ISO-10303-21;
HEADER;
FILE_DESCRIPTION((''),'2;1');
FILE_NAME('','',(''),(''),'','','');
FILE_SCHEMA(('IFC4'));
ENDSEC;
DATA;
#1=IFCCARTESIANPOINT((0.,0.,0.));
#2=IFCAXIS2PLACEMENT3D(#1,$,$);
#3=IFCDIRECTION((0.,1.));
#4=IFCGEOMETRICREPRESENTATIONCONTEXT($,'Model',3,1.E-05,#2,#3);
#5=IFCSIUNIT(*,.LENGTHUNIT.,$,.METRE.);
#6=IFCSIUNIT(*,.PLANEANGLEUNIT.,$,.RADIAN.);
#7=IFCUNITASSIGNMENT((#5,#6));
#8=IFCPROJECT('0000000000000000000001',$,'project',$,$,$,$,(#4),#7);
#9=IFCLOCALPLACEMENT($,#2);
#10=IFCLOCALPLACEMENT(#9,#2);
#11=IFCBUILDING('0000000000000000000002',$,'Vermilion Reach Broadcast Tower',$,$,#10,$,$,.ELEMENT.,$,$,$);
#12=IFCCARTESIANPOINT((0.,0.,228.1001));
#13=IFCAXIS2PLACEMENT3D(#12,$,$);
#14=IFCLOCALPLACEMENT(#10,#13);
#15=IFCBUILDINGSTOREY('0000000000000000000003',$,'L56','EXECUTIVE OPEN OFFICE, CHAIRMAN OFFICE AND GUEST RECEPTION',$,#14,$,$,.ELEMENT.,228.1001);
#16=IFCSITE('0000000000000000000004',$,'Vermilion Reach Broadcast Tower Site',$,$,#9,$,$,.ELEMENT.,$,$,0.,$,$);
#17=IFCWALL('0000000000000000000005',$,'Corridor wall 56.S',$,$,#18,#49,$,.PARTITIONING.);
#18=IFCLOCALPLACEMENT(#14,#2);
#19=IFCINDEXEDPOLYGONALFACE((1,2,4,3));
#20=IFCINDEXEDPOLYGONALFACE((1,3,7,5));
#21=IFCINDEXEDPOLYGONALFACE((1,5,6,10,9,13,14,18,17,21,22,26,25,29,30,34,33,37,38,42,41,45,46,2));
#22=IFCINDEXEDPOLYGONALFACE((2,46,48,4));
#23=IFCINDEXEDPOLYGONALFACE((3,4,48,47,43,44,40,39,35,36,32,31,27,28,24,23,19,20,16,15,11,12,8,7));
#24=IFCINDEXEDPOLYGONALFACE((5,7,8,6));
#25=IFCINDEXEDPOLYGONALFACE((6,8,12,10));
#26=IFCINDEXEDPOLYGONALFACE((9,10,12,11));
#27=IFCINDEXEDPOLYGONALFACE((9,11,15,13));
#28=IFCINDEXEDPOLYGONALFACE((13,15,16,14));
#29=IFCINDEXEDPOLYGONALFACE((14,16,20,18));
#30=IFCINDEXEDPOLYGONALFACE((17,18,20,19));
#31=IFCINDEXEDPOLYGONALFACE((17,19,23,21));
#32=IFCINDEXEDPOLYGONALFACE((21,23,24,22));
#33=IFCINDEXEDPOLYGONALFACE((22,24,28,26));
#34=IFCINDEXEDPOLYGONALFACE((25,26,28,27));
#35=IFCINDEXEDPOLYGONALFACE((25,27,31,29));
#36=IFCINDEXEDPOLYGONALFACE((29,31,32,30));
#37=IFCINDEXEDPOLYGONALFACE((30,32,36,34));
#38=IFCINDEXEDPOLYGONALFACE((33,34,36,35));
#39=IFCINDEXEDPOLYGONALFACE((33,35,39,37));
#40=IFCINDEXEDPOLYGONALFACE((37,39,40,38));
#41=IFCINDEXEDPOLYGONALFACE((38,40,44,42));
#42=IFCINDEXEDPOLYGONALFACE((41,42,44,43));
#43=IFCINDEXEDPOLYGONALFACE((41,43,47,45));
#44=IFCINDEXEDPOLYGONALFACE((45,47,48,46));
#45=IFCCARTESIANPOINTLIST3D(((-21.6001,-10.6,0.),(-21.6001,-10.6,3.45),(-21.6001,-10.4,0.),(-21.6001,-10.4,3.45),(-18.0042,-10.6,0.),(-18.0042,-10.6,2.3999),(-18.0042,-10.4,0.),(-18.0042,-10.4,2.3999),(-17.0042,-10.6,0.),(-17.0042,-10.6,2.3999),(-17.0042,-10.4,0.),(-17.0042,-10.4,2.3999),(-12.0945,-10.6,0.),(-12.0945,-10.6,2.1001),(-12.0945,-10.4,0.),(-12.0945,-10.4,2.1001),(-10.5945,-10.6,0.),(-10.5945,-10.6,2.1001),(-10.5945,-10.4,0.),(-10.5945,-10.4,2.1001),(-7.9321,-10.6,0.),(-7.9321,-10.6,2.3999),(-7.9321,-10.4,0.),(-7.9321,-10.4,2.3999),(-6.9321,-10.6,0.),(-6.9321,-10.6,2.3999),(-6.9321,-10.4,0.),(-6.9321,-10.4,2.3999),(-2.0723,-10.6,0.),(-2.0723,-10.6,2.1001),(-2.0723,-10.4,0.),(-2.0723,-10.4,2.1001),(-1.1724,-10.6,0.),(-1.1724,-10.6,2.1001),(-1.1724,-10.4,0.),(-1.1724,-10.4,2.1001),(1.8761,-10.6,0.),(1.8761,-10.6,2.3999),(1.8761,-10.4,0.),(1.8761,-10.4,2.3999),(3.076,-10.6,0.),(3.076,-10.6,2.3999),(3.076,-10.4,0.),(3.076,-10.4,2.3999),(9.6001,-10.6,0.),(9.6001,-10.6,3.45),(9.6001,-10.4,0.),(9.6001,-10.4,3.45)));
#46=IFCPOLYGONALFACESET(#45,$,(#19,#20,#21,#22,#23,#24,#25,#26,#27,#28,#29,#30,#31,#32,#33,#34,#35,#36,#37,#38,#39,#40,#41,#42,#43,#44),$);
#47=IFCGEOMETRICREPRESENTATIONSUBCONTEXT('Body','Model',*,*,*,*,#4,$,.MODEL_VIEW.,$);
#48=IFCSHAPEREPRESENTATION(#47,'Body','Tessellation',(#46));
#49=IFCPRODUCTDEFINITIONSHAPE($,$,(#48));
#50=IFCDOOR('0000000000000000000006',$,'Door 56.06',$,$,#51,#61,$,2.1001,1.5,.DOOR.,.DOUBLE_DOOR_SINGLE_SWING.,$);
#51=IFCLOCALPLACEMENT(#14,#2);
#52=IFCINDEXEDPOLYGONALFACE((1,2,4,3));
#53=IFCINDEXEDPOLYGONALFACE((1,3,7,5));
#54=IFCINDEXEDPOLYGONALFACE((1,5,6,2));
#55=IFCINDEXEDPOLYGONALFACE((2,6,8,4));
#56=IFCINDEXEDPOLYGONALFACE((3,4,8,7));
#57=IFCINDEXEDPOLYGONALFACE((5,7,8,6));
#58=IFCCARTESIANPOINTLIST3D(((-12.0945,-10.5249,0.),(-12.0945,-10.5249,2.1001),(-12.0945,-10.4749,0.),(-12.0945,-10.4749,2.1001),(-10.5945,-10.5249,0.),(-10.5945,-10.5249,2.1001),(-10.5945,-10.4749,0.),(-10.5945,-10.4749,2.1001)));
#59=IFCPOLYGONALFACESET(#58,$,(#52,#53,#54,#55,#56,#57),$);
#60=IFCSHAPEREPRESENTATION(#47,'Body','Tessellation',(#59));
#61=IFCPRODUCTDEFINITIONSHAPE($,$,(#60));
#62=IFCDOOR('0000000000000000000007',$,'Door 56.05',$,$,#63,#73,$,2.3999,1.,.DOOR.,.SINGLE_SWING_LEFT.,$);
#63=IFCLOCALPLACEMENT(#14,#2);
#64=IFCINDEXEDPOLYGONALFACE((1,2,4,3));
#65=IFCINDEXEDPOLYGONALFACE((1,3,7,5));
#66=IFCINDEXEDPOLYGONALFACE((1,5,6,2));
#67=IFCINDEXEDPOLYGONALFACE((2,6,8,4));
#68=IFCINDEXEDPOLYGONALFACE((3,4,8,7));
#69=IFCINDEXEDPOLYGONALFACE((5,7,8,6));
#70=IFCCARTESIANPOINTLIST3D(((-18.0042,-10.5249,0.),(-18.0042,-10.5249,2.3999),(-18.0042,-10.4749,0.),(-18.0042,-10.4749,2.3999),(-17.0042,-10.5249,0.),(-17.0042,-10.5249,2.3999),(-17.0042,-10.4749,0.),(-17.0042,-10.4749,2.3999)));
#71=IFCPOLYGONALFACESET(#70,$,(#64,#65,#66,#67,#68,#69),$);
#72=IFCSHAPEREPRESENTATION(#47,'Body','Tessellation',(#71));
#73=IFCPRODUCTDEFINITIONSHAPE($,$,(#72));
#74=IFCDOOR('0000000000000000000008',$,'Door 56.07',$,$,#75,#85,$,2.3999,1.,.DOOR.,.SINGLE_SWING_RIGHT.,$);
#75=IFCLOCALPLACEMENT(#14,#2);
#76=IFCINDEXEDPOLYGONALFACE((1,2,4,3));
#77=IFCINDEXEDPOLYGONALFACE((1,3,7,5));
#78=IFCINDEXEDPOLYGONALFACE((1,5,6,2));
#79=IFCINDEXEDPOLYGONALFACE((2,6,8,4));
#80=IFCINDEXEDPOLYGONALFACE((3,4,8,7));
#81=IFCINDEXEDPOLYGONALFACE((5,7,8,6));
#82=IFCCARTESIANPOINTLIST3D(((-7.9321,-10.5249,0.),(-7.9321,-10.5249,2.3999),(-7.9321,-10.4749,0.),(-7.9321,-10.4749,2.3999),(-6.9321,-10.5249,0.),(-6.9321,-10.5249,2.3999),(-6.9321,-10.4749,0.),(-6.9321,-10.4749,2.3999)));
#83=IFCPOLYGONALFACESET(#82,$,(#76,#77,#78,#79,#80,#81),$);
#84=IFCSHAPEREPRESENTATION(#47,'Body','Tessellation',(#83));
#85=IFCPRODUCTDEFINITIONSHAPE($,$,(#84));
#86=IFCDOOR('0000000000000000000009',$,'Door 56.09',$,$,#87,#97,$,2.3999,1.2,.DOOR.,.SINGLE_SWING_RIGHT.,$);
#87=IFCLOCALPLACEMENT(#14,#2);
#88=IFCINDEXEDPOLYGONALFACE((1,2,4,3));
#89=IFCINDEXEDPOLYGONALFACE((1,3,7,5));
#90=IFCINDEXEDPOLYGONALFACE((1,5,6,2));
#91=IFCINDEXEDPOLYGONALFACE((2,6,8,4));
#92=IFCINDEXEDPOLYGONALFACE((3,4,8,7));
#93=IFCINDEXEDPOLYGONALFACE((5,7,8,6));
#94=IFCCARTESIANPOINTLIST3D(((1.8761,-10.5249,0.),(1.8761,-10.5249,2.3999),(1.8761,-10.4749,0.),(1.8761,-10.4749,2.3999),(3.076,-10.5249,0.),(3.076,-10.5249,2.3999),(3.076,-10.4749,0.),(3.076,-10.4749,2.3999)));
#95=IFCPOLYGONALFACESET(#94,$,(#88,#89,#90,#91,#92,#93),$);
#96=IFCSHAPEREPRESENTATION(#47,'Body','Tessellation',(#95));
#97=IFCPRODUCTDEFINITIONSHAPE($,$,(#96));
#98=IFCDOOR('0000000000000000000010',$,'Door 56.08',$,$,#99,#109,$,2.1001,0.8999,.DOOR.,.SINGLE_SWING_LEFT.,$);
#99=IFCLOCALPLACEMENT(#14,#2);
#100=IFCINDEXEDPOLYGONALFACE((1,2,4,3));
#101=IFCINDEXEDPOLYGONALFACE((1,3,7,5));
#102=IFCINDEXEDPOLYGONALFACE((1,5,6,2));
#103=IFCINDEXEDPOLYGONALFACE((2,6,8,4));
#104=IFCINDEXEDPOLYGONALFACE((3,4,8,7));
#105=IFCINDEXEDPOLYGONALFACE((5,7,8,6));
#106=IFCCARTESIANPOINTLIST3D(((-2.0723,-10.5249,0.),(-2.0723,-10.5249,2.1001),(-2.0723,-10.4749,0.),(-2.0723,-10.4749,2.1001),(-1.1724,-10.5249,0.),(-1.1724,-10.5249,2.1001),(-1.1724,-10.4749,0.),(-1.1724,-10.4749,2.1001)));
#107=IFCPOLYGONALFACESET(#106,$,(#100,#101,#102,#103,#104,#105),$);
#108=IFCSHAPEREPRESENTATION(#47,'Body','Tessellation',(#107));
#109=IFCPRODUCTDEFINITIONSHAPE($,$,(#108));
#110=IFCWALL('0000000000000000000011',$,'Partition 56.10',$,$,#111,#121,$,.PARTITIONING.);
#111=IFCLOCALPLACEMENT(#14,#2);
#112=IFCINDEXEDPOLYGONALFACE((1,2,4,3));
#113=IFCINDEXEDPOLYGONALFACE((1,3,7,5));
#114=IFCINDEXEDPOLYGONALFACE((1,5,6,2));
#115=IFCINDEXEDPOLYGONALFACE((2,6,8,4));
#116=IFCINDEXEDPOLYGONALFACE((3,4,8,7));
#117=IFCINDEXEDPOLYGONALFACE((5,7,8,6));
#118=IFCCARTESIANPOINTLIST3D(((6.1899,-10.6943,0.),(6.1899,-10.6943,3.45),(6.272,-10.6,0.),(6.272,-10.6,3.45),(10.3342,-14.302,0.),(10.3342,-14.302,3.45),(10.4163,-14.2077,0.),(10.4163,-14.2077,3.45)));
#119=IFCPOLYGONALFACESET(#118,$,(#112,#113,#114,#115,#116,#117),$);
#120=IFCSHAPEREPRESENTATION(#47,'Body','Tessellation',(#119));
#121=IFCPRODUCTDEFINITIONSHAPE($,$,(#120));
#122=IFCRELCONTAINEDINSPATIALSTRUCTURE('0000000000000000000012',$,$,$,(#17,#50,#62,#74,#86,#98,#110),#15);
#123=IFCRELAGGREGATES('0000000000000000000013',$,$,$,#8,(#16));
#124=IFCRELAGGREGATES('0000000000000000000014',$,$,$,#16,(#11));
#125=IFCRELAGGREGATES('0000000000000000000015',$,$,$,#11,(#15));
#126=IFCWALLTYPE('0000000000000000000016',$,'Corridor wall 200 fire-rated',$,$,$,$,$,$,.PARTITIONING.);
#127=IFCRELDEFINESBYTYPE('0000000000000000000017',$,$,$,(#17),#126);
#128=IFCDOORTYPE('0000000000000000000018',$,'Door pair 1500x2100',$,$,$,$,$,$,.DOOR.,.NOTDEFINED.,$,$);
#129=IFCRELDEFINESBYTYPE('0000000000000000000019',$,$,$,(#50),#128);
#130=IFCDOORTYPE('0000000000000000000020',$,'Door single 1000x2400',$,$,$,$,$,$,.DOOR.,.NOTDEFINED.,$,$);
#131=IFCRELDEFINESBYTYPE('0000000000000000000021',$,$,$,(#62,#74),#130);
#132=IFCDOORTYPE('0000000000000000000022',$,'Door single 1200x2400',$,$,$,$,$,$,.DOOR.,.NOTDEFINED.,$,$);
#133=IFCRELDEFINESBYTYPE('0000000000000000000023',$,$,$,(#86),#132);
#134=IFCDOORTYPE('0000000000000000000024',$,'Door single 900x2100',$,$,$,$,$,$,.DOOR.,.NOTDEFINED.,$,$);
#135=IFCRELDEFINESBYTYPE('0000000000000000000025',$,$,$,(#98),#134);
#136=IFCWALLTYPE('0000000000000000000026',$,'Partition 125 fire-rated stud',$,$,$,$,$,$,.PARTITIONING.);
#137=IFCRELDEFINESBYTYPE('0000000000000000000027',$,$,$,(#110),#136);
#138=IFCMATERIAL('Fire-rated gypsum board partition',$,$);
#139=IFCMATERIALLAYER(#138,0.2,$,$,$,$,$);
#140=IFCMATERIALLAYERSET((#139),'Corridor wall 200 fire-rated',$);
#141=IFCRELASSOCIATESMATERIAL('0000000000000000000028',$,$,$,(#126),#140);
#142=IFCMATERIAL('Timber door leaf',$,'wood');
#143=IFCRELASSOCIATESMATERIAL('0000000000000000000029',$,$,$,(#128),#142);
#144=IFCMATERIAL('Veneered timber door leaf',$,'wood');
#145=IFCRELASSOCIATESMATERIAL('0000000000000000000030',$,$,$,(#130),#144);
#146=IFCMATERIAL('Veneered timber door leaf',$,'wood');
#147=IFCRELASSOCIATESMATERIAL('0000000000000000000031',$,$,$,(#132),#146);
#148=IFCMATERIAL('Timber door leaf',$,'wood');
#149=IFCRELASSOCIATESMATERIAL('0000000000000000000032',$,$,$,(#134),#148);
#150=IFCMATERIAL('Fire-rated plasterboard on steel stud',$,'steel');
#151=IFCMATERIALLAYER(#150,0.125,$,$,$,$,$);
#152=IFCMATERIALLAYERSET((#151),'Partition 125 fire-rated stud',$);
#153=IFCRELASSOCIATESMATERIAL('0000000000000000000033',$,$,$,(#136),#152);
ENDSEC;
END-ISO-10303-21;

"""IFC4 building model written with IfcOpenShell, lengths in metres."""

from ifc_helpers import new_model, si_unit, direction, frame, frame_2d, origin, place, context, subcontext, project, spatial, rectangle, extrude, material, layer, layer_set, type_object, element, fill, save


model = new_model("IFC4")

# Units and contexts
model_context = context("Model", 3, precision=1e-05, world=origin(), true_north=direction((0.0, 1.0)))
body_context = subcontext(model_context, "Body", "Model", "MODEL_VIEW")
ifc_project = project(units=[si_unit("LENGTHUNIT", "METRE"), si_unit("PLANEANGLEUNIT", "RADIAN")], contexts=[model_context])

# Site, building, storey
site_placement = place(None, origin())
site = spatial("IfcSite", under=ifc_project, at=site_placement, Name="Vermilion Reach Broadcast Tower Site", CompositionType="ELEMENT", RefElevation=0.0)
building_placement = place(site_placement, origin())
building = spatial("IfcBuilding", under=site, at=building_placement, Name="Vermilion Reach Broadcast Tower", CompositionType="ELEMENT")
storey_placement = place(building_placement, frame((0.0, 0.0, 228.1001)))
storey = spatial("IfcBuildingStorey", under=building, at=storey_placement, Name="L56", Description="EXECUTIVE OPEN OFFICE, CHAIRMAN OFFICE AND GUEST RECEPTION", CompositionType="ELEMENT", Elevation=228.1001)

# Wall, openings, doors
ifc_material_1 = material(Name="Fire-rated gypsum board partition")
ifc_layer_1 = layer(ifc_material_1, 0.2)
ifc_layer_set_1 = layer_set([ifc_layer_1], Name="Corridor wall 200 fire-rated")
wall_type_1 = type_object("IfcWallType", Name="Corridor wall 200 fire-rated", PredefinedType="PARTITIONING", material=ifc_layer_set_1)
wall_1_placement = place(storey_placement, frame((9.6001, -10.5, 0.0), z_axis=(0.0, 0.0, 1.0), x_axis=(-1.0, 0.0, 0.0)))
wall_1 = element("IfcWall", 1, at=wall_1_placement, inside=storey, type_object=wall_type_1, Name="Corridor wall 56.S", PredefinedType="PARTITIONING", context=body_context, shape_type="SweptSolid", body=[
    extrude(rectangle(XDim=31.2002, YDim=0.2, at=frame_2d((15.6001, 0.0))), origin(), (0.0, 0.0, 1.0), 3.45),
])
opening_1_placement = place(wall_1_placement, frame((26.6042, 0.0, 0.0)))
opening_1 = element("IfcOpeningElement", 2, at=opening_1_placement, cuts=wall_1, PredefinedType="OPENING", context=body_context, shape_type="SweptSolid", body=[
    extrude(rectangle(XDim=1.0, YDim=2.3999, at=frame_2d((0.5, 1.2))), frame((0.0, 0.1099, 0.0), z_axis=(0.0, -1.0, 0.0), x_axis=(1.0, 0.0, 0.0)), (0.0, 0.0, 1.0), 0.22),
])
opening_2_placement = place(wall_1_placement, frame((20.1946, 0.0, 0.0)))
opening_2 = element("IfcOpeningElement", 3, at=opening_2_placement, cuts=wall_1, PredefinedType="OPENING", context=body_context, shape_type="SweptSolid", body=[
    extrude(rectangle(XDim=1.5, YDim=2.1001, at=frame_2d((0.75, 1.05))), frame((0.0, 0.1099, 0.0), z_axis=(0.0, -1.0, 0.0), x_axis=(1.0, 0.0, 0.0)), (0.0, 0.0, 1.0), 0.22),
])
opening_3_placement = place(wall_1_placement, frame((16.5322, 0.0, 0.0)))
opening_3 = element("IfcOpeningElement", 4, at=opening_3_placement, cuts=wall_1, PredefinedType="OPENING", context=body_context, shape_type="SweptSolid", body=[
    extrude(rectangle(XDim=1.0, YDim=2.3999, at=frame_2d((0.5, 1.2))), frame((0.0, 0.1099, 0.0), z_axis=(0.0, -1.0, 0.0), x_axis=(1.0, 0.0, 0.0)), (0.0, 0.0, 1.0), 0.22),
])
opening_4_placement = place(wall_1_placement, frame((10.7725, 0.0, 0.0)))
opening_4 = element("IfcOpeningElement", 5, at=opening_4_placement, cuts=wall_1, PredefinedType="OPENING", context=body_context, shape_type="SweptSolid", body=[
    extrude(rectangle(XDim=0.8999, YDim=2.1001, at=frame_2d((0.45, 1.05))), frame((0.0, 0.1099, 0.0), z_axis=(0.0, -1.0, 0.0), x_axis=(1.0, 0.0, 0.0)), (0.0, 0.0, 1.0), 0.22),
])
opening_5_placement = place(wall_1_placement, frame((6.5239, 0.0, 0.0)))
opening_5 = element("IfcOpeningElement", 6, at=opening_5_placement, cuts=wall_1, PredefinedType="OPENING", context=body_context, shape_type="SweptSolid", body=[
    extrude(rectangle(XDim=1.2, YDim=2.3999, at=frame_2d((0.6001, 1.2))), frame((0.0, 0.1099, 0.0), z_axis=(0.0, -1.0, 0.0), x_axis=(1.0, 0.0, 0.0)), (0.0, 0.0, 1.0), 0.22),
])
ifc_material_2 = material(Name="Timber door leaf", Category="wood")
door_type_1 = type_object("IfcDoorType", Name="Door pair 1500x2100", OperationType="NOTDEFINED", PredefinedType="DOOR", material=ifc_material_2)
door_1_placement = place(opening_2_placement, origin())
door_1 = element("IfcDoor", 7, at=door_1_placement, inside=storey, type_object=door_type_1, Name="Door 56.06", OperationType="DOUBLE_DOOR_SINGLE_SWING", OverallHeight=2.1001, OverallWidth=1.5, PredefinedType="DOOR", context=body_context, shape_type="SweptSolid", body=[
    extrude(rectangle(XDim=1.5, YDim=2.1001, at=frame_2d((0.75, 1.05))), frame((0.0, 0.0249, 0.0), z_axis=(0.0, -1.0, 0.0), x_axis=(1.0, 0.0, 0.0)), (0.0, 0.0, 1.0), 0.05),
])
fill(opening_2, door_1)
ifc_material_3 = material(Name="Veneered timber door leaf", Category="wood")
door_type_2 = type_object("IfcDoorType", Name="Door single 1000x2400", OperationType="NOTDEFINED", PredefinedType="DOOR", material=ifc_material_3)
door_2_placement = place(opening_1_placement, origin())
door_2 = element("IfcDoor", 8, at=door_2_placement, inside=storey, type_object=door_type_2, Name="Door 56.05", OperationType="SINGLE_SWING_LEFT", OverallHeight=2.3999, OverallWidth=1.0, PredefinedType="DOOR", context=body_context, shape_type="SweptSolid", body=[
    extrude(rectangle(XDim=1.0, YDim=2.3999, at=frame_2d((0.5, 1.2))), frame((0.0, 0.0249, 0.0), z_axis=(0.0, -1.0, 0.0), x_axis=(1.0, 0.0, 0.0)), (0.0, 0.0, 1.0), 0.05),
])
fill(opening_1, door_2)
door_3_placement = place(opening_3_placement, origin())
door_3 = element("IfcDoor", 9, at=door_3_placement, inside=storey, type_object=door_type_2, Name="Door 56.07", OperationType="SINGLE_SWING_RIGHT", OverallHeight=2.3999, OverallWidth=1.0, PredefinedType="DOOR", context=body_context, shape_type="SweptSolid", body=[
    extrude(rectangle(XDim=1.0, YDim=2.3999, at=frame_2d((0.5, 1.2))), frame((0.0, 0.0249, 0.0), z_axis=(0.0, -1.0, 0.0), x_axis=(1.0, 0.0, 0.0)), (0.0, 0.0, 1.0), 0.05),
])
fill(opening_3, door_3)
ifc_material_4 = material(Name="Veneered timber door leaf", Category="wood")
door_type_3 = type_object("IfcDoorType", Name="Door single 1200x2400", OperationType="NOTDEFINED", PredefinedType="DOOR", material=ifc_material_4)
door_4_placement = place(opening_5_placement, origin())
door_4 = element("IfcDoor", 10, at=door_4_placement, inside=storey, type_object=door_type_3, Name="Door 56.09", OperationType="SINGLE_SWING_RIGHT", OverallHeight=2.3999, OverallWidth=1.2, PredefinedType="DOOR", context=body_context, shape_type="SweptSolid", body=[
    extrude(rectangle(XDim=1.2, YDim=2.3999, at=frame_2d((0.6001, 1.2))), frame((0.0, 0.0249, 0.0), z_axis=(0.0, -1.0, 0.0), x_axis=(1.0, 0.0, 0.0)), (0.0, 0.0, 1.0), 0.05),
])
fill(opening_5, door_4)
ifc_material_5 = material(Name="Timber door leaf", Category="wood")
door_type_4 = type_object("IfcDoorType", Name="Door single 900x2100", OperationType="NOTDEFINED", PredefinedType="DOOR", material=ifc_material_5)
door_5_placement = place(opening_4_placement, origin())
door_5 = element("IfcDoor", 11, at=door_5_placement, inside=storey, type_object=door_type_4, Name="Door 56.08", OperationType="SINGLE_SWING_LEFT", OverallHeight=2.1001, OverallWidth=0.8999, PredefinedType="DOOR", context=body_context, shape_type="SweptSolid", body=[
    extrude(rectangle(XDim=0.8999, YDim=2.1001, at=frame_2d((0.45, 1.05))), frame((0.0, 0.0249, 0.0), z_axis=(0.0, -1.0, 0.0), x_axis=(1.0, 0.0, 0.0)), (0.0, 0.0, 1.0), 0.05),
])
fill(opening_4, door_5)

# Wall
ifc_material_6 = material(Name="Fire-rated plasterboard on steel stud", Category="steel")
ifc_layer_2 = layer(ifc_material_6, 0.125)
ifc_layer_set_2 = layer_set([ifc_layer_2], Name="Partition 125 fire-rated stud")
wall_type_2 = type_object("IfcWallType", Name="Partition 125 fire-rated stud", PredefinedType="PARTITIONING", material=ifc_layer_set_2)
wall_2_placement = place(storey_placement, frame((10.3752, -14.2549, 0.0), z_axis=(0.0, 0.0, 1.0), x_axis=(-0.754251, 0.656587, 0.0)))
element("IfcWall", 12, at=wall_2_placement, inside=storey, type_object=wall_type_2, Name="Partition 56.10", PredefinedType="PARTITIONING", context=body_context, shape_type="SweptSolid", body=[
    extrude(rectangle(XDim=5.4946, YDim=0.125, at=frame_2d((2.7473, 0.0))), origin(), (0.0, 0.0, 1.0), 3.45),
])

save(model, "model.ifc")
